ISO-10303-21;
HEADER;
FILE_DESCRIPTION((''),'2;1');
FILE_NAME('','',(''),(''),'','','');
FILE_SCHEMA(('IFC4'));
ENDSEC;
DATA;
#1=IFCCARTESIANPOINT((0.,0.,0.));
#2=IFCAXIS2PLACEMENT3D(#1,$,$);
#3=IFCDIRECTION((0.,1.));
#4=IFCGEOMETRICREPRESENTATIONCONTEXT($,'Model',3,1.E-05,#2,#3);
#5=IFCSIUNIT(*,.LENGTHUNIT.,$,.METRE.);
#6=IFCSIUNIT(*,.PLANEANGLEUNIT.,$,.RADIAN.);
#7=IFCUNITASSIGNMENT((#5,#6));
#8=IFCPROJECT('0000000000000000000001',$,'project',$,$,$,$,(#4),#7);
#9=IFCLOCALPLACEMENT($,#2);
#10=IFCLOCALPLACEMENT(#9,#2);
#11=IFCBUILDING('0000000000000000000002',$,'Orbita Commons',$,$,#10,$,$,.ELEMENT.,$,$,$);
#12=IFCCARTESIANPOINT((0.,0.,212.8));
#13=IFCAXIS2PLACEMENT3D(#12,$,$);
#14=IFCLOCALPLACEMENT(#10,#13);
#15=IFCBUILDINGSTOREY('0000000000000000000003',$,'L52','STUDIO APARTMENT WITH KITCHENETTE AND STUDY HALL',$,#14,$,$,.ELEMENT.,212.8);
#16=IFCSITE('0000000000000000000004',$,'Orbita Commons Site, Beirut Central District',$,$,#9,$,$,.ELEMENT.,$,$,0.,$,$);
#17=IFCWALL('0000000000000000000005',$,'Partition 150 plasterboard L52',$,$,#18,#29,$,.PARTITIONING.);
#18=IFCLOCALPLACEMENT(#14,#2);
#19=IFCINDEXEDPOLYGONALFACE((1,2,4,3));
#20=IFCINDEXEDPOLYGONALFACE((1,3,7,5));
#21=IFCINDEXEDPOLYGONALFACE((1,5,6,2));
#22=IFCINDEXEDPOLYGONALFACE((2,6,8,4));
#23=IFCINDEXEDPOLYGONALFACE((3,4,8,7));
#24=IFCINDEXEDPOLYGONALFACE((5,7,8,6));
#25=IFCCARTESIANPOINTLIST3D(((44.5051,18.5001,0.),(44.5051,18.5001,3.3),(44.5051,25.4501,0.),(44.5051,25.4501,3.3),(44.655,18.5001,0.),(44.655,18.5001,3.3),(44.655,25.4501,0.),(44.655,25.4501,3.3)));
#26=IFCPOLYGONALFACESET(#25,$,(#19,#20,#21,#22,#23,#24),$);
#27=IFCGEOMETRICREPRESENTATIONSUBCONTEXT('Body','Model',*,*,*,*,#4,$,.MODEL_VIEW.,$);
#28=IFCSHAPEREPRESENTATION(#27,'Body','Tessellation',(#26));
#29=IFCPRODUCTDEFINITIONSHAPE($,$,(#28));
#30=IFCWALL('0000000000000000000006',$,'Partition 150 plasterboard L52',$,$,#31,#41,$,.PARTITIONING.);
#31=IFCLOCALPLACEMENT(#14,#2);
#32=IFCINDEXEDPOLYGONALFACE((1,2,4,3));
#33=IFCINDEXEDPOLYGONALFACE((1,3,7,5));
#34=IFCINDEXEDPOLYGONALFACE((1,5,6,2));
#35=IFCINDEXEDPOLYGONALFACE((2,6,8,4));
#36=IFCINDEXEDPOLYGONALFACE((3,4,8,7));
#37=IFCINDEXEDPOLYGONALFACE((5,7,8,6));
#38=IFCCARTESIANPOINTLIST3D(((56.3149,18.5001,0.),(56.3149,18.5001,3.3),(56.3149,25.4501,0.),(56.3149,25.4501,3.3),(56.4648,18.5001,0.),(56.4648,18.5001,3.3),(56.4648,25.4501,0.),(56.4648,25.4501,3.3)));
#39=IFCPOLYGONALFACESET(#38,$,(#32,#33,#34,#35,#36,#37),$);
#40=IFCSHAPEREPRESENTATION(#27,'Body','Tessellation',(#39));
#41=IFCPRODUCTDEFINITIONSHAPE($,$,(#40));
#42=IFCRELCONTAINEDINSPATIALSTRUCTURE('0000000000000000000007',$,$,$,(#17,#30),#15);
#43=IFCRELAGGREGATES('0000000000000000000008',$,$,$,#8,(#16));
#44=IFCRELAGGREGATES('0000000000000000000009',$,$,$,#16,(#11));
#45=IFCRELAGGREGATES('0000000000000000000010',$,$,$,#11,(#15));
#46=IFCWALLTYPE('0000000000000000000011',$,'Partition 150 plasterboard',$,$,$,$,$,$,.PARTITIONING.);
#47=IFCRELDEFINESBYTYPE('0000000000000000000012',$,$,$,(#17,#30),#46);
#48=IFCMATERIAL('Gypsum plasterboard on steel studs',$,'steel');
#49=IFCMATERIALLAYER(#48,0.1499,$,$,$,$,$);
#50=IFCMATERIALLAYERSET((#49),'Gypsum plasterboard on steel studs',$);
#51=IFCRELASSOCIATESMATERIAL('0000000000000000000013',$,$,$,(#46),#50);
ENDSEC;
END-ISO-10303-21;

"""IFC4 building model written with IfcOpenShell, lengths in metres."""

from ifc_helpers import new_model, si_unit, direction, frame, frame_2d, origin, place, context, subcontext, project, spatial, rectangle, extrude, material, layer, layer_set, type_object, element, save


model = new_model("IFC4")

# Units and contexts
model_context = context("Model", 3, precision=1e-05, world=origin(), true_north=direction((0.0, 1.0)))
body_context = subcontext(model_context, "Body", "Model", "MODEL_VIEW")
ifc_project = project(units=[si_unit("LENGTHUNIT", "METRE"), si_unit("PLANEANGLEUNIT", "RADIAN")], contexts=[model_context])

# Site, building, storey
site_placement = place(None, origin())
site = spatial("IfcSite", under=ifc_project, at=site_placement, Name="Orbita Commons Site, Beirut Central District", CompositionType="ELEMENT", RefElevation=0.0)
building_placement = place(site_placement, origin())
building = spatial("IfcBuilding", under=site, at=building_placement, Name="Orbita Commons", CompositionType="ELEMENT")
storey_placement = place(building_placement, frame((0.0, 0.0, 212.8)))
storey = spatial("IfcBuildingStorey", under=building, at=storey_placement, Name="L52", Description="STUDIO APARTMENT WITH KITCHENETTE AND STUDY HALL", CompositionType="ELEMENT", Elevation=212.8)

# Walls
ifc_material_1 = material(Name="Gypsum plasterboard on steel studs", Category="steel")
ifc_layer_1 = layer(ifc_material_1, 0.1499)
ifc_layer_set_1 = layer_set([ifc_layer_1], Name="Gypsum plasterboard on steel studs")
wall_type_1 = type_object("IfcWallType", Name="Partition 150 plasterboard", PredefinedType="PARTITIONING", material=ifc_layer_set_1)
for number, where, z_axis, x_axis, name in (
    (1, (44.5801, 18.5, 0.0), (0.0, 0.0, 1.0), (0.0, 1.0, 0.0), "Partition 150 plasterboard L52"),
    (2, (56.3899, 18.5, 0.0), (0.0, 0.0, 1.0), (0.0, 1.0, 0.0), "Partition 150 plasterboard L52"),
):
    element("IfcWall", number, at=place(storey_placement, frame(where, z_axis=z_axis, x_axis=x_axis)), inside=storey, type_object=wall_type_1, Name=name, PredefinedType="PARTITIONING", context=body_context, shape_type="SweptSolid", body=[
        extrude(rectangle(XDim=6.95, YDim=0.1499, at=frame_2d((3.4751, 0.0))), origin(), (0.0, 0.0, 1.0), 3.3),
    ])

save(model, "model.ifc")
